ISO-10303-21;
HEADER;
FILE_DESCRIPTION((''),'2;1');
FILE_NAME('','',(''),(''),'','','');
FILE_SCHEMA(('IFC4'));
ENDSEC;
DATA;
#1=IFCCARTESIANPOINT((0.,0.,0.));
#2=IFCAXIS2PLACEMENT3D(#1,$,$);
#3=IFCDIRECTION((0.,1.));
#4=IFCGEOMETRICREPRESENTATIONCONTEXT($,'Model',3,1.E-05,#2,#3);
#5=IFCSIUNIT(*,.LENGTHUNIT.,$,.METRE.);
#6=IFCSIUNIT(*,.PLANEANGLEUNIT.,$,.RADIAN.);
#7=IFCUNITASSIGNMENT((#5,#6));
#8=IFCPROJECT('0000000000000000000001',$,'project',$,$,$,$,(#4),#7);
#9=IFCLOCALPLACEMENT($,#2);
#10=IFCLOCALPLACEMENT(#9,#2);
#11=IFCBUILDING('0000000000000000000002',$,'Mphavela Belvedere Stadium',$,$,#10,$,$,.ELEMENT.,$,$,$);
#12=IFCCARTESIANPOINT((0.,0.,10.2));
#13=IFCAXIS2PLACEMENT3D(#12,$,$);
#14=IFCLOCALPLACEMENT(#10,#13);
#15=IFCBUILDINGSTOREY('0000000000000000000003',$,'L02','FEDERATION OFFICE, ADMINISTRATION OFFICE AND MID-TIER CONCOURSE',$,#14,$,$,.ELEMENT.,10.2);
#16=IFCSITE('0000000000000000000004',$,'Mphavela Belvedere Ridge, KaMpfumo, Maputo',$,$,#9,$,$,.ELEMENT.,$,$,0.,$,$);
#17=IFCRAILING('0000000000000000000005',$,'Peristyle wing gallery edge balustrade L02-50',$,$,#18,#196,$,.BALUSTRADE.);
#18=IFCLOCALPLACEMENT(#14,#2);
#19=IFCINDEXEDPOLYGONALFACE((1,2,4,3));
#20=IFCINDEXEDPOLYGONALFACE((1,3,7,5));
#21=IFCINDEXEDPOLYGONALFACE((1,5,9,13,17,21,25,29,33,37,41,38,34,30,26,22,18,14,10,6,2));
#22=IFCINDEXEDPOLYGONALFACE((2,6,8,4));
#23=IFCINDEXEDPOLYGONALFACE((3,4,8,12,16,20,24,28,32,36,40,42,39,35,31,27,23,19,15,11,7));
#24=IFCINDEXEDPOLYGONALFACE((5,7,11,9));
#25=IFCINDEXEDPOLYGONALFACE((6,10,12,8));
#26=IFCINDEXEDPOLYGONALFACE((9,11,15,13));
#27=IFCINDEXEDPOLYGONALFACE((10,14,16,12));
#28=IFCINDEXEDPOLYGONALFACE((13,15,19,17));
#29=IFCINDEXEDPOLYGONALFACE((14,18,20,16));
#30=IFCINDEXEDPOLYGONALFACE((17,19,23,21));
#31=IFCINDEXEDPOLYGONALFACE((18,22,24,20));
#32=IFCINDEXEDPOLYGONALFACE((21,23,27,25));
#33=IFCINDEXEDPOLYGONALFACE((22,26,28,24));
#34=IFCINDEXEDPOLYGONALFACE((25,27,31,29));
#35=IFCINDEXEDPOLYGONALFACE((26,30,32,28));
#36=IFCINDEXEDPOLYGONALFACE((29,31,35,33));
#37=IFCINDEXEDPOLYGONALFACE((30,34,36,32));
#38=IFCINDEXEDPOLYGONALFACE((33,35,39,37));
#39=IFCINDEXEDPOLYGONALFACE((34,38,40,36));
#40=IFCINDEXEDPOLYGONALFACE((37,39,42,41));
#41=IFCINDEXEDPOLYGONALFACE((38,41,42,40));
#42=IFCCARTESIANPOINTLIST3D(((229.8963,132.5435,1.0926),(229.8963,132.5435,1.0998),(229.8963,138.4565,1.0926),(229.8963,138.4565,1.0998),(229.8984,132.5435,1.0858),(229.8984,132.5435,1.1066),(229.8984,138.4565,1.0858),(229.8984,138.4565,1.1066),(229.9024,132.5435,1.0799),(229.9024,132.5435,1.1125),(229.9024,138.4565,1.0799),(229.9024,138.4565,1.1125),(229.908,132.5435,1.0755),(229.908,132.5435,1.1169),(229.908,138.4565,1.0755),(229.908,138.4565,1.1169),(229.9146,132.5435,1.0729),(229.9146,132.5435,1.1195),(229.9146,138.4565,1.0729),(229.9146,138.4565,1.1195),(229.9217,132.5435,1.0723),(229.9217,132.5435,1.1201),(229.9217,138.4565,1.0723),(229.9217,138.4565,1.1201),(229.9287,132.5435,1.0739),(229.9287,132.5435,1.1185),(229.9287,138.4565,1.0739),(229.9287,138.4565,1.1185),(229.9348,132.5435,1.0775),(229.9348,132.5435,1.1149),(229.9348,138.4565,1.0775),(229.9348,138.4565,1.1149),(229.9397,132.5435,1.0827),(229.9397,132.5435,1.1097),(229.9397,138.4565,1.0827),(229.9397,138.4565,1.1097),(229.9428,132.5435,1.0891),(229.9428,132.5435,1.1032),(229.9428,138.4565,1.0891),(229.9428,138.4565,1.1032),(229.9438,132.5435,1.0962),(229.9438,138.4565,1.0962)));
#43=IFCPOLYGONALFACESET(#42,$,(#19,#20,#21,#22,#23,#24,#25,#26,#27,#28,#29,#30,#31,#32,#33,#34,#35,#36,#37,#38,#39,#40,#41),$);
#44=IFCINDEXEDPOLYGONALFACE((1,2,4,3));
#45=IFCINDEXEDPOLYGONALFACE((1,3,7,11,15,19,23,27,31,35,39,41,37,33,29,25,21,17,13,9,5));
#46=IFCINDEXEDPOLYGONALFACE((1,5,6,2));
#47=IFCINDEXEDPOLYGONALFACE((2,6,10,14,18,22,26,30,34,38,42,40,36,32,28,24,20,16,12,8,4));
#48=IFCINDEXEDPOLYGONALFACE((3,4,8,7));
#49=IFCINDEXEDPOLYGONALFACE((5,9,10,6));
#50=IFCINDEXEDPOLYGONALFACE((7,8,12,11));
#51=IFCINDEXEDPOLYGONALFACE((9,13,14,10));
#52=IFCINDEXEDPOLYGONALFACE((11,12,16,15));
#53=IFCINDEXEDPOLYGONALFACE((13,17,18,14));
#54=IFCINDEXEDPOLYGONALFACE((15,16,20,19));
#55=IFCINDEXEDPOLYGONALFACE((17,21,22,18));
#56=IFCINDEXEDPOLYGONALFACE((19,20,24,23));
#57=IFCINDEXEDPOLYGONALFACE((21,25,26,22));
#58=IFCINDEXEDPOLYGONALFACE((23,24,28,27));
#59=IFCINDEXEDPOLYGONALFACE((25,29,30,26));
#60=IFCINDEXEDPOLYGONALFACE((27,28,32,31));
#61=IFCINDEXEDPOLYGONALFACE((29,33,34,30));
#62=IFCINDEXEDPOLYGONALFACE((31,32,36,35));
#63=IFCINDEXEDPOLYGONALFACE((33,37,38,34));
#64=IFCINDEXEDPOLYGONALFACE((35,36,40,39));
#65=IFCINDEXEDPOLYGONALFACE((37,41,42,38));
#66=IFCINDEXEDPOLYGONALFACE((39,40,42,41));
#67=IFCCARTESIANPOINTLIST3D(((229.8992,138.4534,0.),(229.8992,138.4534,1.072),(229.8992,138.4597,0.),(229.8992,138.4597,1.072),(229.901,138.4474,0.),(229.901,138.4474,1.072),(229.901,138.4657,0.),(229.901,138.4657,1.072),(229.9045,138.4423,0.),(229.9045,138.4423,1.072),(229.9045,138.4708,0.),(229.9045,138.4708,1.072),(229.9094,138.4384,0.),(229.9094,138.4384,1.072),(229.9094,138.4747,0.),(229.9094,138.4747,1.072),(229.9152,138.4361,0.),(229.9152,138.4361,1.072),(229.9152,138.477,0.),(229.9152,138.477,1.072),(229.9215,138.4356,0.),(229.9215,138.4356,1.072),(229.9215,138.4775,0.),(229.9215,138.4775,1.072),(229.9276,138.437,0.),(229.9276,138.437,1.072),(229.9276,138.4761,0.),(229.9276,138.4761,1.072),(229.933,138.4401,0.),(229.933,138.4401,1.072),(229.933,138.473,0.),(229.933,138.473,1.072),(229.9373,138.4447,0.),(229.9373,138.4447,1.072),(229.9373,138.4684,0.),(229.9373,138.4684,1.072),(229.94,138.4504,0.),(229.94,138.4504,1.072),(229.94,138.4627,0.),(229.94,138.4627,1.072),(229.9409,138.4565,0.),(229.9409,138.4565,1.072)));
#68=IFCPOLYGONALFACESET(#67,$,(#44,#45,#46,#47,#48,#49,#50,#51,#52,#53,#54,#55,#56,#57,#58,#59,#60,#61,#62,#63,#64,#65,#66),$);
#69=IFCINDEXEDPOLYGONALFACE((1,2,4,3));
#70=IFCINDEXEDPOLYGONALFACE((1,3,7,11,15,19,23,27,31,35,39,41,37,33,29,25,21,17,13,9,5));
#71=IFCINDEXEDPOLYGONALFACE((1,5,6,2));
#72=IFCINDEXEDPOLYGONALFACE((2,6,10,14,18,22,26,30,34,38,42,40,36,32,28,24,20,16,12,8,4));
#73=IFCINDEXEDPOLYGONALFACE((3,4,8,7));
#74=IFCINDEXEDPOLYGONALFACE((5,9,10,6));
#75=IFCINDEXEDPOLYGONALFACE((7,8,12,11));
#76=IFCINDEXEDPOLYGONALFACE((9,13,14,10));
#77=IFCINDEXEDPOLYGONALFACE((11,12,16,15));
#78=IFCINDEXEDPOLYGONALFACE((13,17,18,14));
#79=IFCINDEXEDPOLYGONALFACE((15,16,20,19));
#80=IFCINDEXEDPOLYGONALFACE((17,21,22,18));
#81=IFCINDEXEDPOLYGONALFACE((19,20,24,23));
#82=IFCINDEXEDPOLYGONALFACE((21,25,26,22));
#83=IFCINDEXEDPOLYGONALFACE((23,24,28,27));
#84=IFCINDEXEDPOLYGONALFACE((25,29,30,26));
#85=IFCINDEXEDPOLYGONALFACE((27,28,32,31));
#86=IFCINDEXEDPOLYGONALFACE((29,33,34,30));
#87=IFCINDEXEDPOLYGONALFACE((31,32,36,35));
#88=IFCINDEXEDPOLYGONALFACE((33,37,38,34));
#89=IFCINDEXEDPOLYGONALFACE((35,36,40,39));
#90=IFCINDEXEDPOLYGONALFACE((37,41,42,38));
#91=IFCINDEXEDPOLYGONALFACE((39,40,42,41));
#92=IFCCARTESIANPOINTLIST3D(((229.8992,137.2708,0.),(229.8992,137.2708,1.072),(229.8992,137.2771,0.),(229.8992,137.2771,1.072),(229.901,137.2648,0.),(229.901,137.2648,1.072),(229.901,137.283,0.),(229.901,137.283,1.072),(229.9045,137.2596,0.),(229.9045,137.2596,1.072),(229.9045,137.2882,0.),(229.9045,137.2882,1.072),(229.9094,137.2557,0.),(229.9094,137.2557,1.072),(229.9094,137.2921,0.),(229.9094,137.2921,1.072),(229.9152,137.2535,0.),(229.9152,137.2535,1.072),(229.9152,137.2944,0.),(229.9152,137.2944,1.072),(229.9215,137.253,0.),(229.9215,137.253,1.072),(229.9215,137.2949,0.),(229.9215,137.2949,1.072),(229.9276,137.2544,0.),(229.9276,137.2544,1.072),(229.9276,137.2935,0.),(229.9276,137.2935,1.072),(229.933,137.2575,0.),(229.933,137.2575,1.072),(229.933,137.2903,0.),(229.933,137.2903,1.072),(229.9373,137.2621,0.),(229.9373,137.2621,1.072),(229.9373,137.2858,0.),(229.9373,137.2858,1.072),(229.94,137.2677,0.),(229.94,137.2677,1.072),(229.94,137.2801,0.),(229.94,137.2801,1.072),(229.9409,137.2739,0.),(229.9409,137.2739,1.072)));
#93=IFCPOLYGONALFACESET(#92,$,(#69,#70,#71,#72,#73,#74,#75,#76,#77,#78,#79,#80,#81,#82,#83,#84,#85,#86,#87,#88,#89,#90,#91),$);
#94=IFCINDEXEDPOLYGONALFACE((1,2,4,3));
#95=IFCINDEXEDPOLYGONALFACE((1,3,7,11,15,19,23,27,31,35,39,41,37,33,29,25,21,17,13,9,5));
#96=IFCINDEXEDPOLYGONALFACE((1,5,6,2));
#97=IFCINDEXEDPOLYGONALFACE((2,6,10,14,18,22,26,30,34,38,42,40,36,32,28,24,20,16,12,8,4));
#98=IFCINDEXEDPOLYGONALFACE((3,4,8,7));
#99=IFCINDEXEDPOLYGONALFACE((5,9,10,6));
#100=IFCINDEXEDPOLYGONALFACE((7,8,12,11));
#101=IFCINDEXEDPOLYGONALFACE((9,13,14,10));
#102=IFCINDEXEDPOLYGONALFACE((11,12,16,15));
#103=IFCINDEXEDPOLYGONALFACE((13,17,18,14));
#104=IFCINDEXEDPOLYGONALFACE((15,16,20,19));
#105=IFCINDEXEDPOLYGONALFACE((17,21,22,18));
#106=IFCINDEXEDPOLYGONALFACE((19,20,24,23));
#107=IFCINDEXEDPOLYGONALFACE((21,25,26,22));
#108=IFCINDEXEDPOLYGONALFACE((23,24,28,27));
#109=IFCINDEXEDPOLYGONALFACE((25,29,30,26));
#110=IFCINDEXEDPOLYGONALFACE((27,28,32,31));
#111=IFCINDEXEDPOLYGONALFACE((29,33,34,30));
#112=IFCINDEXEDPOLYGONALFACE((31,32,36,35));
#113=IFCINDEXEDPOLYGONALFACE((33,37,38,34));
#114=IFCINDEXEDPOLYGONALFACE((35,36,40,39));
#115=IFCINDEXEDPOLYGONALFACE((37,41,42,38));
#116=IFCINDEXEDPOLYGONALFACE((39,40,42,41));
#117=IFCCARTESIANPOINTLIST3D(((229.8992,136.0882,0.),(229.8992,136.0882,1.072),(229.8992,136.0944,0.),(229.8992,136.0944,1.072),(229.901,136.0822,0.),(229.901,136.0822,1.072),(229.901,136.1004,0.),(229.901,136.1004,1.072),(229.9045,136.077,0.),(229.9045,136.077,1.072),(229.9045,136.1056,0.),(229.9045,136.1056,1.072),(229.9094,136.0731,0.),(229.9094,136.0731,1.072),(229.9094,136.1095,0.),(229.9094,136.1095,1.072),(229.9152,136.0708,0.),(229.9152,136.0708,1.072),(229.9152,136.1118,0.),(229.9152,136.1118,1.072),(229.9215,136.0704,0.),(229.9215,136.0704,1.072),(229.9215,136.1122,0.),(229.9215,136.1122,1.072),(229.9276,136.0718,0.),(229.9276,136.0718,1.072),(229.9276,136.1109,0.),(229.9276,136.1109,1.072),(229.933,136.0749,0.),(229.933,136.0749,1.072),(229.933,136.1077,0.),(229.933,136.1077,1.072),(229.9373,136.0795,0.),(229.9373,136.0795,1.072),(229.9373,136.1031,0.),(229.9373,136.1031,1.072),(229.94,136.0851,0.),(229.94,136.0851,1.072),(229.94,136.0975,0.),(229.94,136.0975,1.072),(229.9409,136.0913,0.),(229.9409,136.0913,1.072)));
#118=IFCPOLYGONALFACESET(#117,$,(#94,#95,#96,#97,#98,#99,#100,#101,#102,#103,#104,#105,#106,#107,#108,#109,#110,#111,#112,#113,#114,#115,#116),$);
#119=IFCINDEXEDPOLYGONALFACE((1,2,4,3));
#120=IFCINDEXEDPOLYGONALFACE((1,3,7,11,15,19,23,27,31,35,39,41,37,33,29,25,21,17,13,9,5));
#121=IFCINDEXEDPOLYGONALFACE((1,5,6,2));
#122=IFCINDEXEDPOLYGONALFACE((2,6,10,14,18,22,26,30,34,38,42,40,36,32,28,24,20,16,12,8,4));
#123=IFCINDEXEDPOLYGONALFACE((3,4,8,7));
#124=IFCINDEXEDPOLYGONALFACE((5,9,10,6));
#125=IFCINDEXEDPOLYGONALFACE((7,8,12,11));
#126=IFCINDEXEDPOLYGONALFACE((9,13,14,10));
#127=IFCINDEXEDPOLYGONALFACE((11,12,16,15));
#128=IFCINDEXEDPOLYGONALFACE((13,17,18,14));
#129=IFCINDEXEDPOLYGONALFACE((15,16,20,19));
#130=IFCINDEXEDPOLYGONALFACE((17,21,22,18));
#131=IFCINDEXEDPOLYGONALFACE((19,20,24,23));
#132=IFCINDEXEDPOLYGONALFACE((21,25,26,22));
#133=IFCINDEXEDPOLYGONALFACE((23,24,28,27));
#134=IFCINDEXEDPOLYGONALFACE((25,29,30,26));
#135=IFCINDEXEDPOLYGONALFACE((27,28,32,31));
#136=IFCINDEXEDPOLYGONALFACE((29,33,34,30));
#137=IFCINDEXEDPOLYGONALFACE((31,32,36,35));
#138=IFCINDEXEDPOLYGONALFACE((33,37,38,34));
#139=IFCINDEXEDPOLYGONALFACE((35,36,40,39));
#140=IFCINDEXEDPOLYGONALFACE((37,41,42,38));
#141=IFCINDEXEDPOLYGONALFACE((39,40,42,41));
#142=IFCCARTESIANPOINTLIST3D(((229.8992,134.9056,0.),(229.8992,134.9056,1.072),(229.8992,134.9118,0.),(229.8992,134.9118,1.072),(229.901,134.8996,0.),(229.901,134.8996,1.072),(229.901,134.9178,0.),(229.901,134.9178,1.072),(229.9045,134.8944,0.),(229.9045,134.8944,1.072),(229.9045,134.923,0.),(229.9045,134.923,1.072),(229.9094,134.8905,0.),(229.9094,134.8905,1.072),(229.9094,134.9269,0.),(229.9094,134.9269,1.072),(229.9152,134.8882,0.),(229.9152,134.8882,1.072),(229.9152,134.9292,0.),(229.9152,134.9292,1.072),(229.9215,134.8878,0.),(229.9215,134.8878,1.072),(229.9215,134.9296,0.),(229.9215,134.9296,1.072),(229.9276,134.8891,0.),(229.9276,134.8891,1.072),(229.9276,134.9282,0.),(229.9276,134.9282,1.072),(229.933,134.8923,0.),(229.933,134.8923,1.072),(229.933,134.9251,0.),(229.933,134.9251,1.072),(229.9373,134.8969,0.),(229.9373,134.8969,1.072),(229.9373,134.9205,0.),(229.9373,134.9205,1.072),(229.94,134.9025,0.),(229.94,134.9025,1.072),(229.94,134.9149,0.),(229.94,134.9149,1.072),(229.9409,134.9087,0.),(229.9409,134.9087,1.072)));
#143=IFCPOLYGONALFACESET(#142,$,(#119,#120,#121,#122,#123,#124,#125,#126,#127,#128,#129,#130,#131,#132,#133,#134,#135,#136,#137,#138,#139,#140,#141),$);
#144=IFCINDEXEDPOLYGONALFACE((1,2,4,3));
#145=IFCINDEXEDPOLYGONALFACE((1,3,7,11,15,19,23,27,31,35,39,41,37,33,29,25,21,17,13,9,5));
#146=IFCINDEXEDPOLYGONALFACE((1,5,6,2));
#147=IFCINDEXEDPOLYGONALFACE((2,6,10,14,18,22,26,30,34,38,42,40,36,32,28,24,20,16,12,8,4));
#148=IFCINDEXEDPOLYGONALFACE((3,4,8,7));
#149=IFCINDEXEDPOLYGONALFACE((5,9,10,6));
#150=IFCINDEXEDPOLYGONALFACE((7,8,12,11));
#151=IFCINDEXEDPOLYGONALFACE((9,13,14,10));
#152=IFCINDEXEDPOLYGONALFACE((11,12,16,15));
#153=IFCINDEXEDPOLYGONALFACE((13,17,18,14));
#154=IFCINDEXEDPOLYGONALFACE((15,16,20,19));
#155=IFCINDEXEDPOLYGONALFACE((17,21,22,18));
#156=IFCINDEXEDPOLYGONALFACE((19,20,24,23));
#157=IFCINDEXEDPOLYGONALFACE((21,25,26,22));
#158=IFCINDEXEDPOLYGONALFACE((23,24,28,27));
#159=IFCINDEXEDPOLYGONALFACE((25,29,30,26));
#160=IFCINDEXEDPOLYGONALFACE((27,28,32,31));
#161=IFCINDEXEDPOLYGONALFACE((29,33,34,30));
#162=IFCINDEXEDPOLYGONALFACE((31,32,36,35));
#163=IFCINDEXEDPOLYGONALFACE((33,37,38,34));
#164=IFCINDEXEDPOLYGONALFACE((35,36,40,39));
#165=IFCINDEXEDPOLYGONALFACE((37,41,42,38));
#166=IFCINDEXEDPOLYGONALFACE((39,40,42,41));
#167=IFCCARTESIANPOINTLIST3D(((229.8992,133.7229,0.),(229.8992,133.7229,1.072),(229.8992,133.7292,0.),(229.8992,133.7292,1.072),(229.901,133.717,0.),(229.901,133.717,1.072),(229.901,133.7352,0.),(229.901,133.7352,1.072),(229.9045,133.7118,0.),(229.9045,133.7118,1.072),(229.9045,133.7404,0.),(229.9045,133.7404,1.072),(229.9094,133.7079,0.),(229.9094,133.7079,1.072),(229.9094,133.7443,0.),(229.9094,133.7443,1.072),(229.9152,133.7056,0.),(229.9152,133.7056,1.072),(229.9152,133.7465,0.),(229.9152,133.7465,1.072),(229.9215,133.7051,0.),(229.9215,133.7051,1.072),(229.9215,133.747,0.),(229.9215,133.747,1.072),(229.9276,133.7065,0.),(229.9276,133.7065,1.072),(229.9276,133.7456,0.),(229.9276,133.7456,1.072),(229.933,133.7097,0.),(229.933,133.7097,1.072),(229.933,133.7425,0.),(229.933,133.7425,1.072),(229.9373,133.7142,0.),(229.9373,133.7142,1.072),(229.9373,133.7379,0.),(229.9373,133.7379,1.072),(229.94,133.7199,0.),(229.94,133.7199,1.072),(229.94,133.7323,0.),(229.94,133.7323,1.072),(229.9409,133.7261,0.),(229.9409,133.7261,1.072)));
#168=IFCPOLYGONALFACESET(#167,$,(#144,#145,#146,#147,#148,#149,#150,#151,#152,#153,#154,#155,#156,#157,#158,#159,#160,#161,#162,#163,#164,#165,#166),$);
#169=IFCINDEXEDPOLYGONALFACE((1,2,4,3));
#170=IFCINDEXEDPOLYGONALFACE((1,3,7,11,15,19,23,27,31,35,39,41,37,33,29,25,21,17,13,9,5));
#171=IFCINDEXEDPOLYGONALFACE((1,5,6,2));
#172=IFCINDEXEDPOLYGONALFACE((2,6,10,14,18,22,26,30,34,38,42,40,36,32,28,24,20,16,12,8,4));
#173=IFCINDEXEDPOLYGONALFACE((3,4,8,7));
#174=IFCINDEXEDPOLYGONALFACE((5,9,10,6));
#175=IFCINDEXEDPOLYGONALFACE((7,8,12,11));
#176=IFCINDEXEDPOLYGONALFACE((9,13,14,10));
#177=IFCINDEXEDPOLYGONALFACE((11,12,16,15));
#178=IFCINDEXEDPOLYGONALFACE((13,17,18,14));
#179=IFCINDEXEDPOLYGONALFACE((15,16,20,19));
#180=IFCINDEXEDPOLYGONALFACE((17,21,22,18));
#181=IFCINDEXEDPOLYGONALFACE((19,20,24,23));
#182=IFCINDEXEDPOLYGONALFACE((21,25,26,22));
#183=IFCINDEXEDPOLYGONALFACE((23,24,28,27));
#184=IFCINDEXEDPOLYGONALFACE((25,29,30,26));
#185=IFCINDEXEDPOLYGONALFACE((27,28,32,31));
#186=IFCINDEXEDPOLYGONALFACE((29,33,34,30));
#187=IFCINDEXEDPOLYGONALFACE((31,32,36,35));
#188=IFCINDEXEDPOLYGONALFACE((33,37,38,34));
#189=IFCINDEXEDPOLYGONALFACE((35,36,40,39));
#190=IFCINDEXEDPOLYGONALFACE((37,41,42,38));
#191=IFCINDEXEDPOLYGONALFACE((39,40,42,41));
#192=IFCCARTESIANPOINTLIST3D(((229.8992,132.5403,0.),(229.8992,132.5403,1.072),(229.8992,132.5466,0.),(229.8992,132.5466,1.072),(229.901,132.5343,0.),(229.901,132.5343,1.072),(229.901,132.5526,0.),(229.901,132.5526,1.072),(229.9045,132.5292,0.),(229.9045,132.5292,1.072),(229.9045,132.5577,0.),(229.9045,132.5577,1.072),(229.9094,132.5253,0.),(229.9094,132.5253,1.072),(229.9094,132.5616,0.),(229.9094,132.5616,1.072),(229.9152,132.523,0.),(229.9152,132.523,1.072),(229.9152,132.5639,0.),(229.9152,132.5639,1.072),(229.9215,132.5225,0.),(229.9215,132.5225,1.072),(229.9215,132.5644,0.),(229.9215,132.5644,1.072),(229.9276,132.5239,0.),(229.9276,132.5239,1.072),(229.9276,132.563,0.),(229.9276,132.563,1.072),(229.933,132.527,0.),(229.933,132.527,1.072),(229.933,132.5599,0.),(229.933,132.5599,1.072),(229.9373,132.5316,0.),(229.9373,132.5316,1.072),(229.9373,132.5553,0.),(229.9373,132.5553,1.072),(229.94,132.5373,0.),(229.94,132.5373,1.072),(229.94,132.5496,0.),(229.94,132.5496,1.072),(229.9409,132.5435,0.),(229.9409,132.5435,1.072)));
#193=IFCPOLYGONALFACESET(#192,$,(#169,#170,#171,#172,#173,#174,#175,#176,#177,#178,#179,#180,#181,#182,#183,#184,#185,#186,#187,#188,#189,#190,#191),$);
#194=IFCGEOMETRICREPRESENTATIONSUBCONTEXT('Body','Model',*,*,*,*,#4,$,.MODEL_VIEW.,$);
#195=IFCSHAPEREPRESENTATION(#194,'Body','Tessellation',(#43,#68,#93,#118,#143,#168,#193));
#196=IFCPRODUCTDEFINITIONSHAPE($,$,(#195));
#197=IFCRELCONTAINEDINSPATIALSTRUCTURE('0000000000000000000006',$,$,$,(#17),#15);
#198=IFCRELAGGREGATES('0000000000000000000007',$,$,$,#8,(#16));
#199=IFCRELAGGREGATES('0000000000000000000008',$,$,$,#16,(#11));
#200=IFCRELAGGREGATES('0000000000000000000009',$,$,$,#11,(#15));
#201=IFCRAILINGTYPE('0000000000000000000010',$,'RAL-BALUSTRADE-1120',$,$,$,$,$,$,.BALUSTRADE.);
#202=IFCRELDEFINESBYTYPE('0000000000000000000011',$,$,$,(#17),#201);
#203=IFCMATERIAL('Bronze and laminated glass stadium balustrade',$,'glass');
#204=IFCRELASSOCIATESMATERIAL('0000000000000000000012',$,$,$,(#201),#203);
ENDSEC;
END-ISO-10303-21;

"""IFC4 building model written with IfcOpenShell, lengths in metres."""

from ifc_helpers import new_model, si_unit, direction, frame, origin, origin_2d, place, context, subcontext, project, spatial, circle, extrude, material, type_object, element, save


model = new_model("IFC4")

# Units and contexts
model_context = context("Model", 3, precision=1e-05, world=origin(), true_north=direction((0.0, 1.0)))
body_context = subcontext(model_context, "Body", "Model", "MODEL_VIEW")
ifc_project = project(units=[si_unit("LENGTHUNIT", "METRE"), si_unit("PLANEANGLEUNIT", "RADIAN")], contexts=[model_context])

# Site, building, storey
site_placement = place(None, origin())
site = spatial("IfcSite", under=ifc_project, at=site_placement, Name="Mphavela Belvedere Ridge, KaMpfumo, Maputo", CompositionType="ELEMENT", RefElevation=0.0)
building_placement = place(site_placement, origin())
building = spatial("IfcBuilding", under=site, at=building_placement, Name="Mphavela Belvedere Stadium", CompositionType="ELEMENT")
storey_placement = place(building_placement, frame((0.0, 0.0, 10.2)))
storey = spatial("IfcBuildingStorey", under=building, at=storey_placement, Name="L02", Description="FEDERATION OFFICE, ADMINISTRATION OFFICE AND MID-TIER CONCOURSE", CompositionType="ELEMENT", Elevation=10.2)

# Railing
ifc_material_1 = material(Name="Bronze and laminated glass stadium balustrade", Category="glass")
railing_type = type_object("IfcRailingType", Name="RAL-BALUSTRADE-1120", PredefinedType="BALUSTRADE", material=ifc_material_1)
for number, where, name in (
    (1, (229.9199, 138.4565, 0.0), "Peristyle wing gallery edge balustrade L02-50"),
):
    element("IfcRailing", number, at=place(storey_placement, frame(where)), inside=storey, type_object=railing_type, Name=name, PredefinedType="BALUSTRADE", context=body_context, shape_type="SweptSolid", body=[
        extrude(circle(Radius=0.0239, at=origin_2d()), frame((0.0, 0.0, 1.0962), z_axis=(0.0, -1.0, 0.0), x_axis=(1.0, 0.0, 0.0)), (0.0, 0.0, 1.0), 5.9131),
        extrude(circle(Radius=0.021, at=origin_2d()), origin(), (0.0, 0.0, 1.0), 1.072),
        extrude(circle(Radius=0.021, at=origin_2d()), frame((0.0, -1.1826, 0.0)), (0.0, 0.0, 1.0), 1.072),
        extrude(circle(Radius=0.021, at=origin_2d()), frame((0.0, -2.3652, 0.0)), (0.0, 0.0, 1.0), 1.072),
        extrude(circle(Radius=0.021, at=origin_2d()), frame((0.0, -3.5479, 0.0)), (0.0, 0.0, 1.0), 1.072),
        extrude(circle(Radius=0.021, at=origin_2d()), frame((0.0, -4.7305, 0.0)), (0.0, 0.0, 1.0), 1.072),
        extrude(circle(Radius=0.021, at=origin_2d()), frame((0.0, -5.9131, 0.0)), (0.0, 0.0, 1.0), 1.072),
    ])

save(model, "model.ifc")
